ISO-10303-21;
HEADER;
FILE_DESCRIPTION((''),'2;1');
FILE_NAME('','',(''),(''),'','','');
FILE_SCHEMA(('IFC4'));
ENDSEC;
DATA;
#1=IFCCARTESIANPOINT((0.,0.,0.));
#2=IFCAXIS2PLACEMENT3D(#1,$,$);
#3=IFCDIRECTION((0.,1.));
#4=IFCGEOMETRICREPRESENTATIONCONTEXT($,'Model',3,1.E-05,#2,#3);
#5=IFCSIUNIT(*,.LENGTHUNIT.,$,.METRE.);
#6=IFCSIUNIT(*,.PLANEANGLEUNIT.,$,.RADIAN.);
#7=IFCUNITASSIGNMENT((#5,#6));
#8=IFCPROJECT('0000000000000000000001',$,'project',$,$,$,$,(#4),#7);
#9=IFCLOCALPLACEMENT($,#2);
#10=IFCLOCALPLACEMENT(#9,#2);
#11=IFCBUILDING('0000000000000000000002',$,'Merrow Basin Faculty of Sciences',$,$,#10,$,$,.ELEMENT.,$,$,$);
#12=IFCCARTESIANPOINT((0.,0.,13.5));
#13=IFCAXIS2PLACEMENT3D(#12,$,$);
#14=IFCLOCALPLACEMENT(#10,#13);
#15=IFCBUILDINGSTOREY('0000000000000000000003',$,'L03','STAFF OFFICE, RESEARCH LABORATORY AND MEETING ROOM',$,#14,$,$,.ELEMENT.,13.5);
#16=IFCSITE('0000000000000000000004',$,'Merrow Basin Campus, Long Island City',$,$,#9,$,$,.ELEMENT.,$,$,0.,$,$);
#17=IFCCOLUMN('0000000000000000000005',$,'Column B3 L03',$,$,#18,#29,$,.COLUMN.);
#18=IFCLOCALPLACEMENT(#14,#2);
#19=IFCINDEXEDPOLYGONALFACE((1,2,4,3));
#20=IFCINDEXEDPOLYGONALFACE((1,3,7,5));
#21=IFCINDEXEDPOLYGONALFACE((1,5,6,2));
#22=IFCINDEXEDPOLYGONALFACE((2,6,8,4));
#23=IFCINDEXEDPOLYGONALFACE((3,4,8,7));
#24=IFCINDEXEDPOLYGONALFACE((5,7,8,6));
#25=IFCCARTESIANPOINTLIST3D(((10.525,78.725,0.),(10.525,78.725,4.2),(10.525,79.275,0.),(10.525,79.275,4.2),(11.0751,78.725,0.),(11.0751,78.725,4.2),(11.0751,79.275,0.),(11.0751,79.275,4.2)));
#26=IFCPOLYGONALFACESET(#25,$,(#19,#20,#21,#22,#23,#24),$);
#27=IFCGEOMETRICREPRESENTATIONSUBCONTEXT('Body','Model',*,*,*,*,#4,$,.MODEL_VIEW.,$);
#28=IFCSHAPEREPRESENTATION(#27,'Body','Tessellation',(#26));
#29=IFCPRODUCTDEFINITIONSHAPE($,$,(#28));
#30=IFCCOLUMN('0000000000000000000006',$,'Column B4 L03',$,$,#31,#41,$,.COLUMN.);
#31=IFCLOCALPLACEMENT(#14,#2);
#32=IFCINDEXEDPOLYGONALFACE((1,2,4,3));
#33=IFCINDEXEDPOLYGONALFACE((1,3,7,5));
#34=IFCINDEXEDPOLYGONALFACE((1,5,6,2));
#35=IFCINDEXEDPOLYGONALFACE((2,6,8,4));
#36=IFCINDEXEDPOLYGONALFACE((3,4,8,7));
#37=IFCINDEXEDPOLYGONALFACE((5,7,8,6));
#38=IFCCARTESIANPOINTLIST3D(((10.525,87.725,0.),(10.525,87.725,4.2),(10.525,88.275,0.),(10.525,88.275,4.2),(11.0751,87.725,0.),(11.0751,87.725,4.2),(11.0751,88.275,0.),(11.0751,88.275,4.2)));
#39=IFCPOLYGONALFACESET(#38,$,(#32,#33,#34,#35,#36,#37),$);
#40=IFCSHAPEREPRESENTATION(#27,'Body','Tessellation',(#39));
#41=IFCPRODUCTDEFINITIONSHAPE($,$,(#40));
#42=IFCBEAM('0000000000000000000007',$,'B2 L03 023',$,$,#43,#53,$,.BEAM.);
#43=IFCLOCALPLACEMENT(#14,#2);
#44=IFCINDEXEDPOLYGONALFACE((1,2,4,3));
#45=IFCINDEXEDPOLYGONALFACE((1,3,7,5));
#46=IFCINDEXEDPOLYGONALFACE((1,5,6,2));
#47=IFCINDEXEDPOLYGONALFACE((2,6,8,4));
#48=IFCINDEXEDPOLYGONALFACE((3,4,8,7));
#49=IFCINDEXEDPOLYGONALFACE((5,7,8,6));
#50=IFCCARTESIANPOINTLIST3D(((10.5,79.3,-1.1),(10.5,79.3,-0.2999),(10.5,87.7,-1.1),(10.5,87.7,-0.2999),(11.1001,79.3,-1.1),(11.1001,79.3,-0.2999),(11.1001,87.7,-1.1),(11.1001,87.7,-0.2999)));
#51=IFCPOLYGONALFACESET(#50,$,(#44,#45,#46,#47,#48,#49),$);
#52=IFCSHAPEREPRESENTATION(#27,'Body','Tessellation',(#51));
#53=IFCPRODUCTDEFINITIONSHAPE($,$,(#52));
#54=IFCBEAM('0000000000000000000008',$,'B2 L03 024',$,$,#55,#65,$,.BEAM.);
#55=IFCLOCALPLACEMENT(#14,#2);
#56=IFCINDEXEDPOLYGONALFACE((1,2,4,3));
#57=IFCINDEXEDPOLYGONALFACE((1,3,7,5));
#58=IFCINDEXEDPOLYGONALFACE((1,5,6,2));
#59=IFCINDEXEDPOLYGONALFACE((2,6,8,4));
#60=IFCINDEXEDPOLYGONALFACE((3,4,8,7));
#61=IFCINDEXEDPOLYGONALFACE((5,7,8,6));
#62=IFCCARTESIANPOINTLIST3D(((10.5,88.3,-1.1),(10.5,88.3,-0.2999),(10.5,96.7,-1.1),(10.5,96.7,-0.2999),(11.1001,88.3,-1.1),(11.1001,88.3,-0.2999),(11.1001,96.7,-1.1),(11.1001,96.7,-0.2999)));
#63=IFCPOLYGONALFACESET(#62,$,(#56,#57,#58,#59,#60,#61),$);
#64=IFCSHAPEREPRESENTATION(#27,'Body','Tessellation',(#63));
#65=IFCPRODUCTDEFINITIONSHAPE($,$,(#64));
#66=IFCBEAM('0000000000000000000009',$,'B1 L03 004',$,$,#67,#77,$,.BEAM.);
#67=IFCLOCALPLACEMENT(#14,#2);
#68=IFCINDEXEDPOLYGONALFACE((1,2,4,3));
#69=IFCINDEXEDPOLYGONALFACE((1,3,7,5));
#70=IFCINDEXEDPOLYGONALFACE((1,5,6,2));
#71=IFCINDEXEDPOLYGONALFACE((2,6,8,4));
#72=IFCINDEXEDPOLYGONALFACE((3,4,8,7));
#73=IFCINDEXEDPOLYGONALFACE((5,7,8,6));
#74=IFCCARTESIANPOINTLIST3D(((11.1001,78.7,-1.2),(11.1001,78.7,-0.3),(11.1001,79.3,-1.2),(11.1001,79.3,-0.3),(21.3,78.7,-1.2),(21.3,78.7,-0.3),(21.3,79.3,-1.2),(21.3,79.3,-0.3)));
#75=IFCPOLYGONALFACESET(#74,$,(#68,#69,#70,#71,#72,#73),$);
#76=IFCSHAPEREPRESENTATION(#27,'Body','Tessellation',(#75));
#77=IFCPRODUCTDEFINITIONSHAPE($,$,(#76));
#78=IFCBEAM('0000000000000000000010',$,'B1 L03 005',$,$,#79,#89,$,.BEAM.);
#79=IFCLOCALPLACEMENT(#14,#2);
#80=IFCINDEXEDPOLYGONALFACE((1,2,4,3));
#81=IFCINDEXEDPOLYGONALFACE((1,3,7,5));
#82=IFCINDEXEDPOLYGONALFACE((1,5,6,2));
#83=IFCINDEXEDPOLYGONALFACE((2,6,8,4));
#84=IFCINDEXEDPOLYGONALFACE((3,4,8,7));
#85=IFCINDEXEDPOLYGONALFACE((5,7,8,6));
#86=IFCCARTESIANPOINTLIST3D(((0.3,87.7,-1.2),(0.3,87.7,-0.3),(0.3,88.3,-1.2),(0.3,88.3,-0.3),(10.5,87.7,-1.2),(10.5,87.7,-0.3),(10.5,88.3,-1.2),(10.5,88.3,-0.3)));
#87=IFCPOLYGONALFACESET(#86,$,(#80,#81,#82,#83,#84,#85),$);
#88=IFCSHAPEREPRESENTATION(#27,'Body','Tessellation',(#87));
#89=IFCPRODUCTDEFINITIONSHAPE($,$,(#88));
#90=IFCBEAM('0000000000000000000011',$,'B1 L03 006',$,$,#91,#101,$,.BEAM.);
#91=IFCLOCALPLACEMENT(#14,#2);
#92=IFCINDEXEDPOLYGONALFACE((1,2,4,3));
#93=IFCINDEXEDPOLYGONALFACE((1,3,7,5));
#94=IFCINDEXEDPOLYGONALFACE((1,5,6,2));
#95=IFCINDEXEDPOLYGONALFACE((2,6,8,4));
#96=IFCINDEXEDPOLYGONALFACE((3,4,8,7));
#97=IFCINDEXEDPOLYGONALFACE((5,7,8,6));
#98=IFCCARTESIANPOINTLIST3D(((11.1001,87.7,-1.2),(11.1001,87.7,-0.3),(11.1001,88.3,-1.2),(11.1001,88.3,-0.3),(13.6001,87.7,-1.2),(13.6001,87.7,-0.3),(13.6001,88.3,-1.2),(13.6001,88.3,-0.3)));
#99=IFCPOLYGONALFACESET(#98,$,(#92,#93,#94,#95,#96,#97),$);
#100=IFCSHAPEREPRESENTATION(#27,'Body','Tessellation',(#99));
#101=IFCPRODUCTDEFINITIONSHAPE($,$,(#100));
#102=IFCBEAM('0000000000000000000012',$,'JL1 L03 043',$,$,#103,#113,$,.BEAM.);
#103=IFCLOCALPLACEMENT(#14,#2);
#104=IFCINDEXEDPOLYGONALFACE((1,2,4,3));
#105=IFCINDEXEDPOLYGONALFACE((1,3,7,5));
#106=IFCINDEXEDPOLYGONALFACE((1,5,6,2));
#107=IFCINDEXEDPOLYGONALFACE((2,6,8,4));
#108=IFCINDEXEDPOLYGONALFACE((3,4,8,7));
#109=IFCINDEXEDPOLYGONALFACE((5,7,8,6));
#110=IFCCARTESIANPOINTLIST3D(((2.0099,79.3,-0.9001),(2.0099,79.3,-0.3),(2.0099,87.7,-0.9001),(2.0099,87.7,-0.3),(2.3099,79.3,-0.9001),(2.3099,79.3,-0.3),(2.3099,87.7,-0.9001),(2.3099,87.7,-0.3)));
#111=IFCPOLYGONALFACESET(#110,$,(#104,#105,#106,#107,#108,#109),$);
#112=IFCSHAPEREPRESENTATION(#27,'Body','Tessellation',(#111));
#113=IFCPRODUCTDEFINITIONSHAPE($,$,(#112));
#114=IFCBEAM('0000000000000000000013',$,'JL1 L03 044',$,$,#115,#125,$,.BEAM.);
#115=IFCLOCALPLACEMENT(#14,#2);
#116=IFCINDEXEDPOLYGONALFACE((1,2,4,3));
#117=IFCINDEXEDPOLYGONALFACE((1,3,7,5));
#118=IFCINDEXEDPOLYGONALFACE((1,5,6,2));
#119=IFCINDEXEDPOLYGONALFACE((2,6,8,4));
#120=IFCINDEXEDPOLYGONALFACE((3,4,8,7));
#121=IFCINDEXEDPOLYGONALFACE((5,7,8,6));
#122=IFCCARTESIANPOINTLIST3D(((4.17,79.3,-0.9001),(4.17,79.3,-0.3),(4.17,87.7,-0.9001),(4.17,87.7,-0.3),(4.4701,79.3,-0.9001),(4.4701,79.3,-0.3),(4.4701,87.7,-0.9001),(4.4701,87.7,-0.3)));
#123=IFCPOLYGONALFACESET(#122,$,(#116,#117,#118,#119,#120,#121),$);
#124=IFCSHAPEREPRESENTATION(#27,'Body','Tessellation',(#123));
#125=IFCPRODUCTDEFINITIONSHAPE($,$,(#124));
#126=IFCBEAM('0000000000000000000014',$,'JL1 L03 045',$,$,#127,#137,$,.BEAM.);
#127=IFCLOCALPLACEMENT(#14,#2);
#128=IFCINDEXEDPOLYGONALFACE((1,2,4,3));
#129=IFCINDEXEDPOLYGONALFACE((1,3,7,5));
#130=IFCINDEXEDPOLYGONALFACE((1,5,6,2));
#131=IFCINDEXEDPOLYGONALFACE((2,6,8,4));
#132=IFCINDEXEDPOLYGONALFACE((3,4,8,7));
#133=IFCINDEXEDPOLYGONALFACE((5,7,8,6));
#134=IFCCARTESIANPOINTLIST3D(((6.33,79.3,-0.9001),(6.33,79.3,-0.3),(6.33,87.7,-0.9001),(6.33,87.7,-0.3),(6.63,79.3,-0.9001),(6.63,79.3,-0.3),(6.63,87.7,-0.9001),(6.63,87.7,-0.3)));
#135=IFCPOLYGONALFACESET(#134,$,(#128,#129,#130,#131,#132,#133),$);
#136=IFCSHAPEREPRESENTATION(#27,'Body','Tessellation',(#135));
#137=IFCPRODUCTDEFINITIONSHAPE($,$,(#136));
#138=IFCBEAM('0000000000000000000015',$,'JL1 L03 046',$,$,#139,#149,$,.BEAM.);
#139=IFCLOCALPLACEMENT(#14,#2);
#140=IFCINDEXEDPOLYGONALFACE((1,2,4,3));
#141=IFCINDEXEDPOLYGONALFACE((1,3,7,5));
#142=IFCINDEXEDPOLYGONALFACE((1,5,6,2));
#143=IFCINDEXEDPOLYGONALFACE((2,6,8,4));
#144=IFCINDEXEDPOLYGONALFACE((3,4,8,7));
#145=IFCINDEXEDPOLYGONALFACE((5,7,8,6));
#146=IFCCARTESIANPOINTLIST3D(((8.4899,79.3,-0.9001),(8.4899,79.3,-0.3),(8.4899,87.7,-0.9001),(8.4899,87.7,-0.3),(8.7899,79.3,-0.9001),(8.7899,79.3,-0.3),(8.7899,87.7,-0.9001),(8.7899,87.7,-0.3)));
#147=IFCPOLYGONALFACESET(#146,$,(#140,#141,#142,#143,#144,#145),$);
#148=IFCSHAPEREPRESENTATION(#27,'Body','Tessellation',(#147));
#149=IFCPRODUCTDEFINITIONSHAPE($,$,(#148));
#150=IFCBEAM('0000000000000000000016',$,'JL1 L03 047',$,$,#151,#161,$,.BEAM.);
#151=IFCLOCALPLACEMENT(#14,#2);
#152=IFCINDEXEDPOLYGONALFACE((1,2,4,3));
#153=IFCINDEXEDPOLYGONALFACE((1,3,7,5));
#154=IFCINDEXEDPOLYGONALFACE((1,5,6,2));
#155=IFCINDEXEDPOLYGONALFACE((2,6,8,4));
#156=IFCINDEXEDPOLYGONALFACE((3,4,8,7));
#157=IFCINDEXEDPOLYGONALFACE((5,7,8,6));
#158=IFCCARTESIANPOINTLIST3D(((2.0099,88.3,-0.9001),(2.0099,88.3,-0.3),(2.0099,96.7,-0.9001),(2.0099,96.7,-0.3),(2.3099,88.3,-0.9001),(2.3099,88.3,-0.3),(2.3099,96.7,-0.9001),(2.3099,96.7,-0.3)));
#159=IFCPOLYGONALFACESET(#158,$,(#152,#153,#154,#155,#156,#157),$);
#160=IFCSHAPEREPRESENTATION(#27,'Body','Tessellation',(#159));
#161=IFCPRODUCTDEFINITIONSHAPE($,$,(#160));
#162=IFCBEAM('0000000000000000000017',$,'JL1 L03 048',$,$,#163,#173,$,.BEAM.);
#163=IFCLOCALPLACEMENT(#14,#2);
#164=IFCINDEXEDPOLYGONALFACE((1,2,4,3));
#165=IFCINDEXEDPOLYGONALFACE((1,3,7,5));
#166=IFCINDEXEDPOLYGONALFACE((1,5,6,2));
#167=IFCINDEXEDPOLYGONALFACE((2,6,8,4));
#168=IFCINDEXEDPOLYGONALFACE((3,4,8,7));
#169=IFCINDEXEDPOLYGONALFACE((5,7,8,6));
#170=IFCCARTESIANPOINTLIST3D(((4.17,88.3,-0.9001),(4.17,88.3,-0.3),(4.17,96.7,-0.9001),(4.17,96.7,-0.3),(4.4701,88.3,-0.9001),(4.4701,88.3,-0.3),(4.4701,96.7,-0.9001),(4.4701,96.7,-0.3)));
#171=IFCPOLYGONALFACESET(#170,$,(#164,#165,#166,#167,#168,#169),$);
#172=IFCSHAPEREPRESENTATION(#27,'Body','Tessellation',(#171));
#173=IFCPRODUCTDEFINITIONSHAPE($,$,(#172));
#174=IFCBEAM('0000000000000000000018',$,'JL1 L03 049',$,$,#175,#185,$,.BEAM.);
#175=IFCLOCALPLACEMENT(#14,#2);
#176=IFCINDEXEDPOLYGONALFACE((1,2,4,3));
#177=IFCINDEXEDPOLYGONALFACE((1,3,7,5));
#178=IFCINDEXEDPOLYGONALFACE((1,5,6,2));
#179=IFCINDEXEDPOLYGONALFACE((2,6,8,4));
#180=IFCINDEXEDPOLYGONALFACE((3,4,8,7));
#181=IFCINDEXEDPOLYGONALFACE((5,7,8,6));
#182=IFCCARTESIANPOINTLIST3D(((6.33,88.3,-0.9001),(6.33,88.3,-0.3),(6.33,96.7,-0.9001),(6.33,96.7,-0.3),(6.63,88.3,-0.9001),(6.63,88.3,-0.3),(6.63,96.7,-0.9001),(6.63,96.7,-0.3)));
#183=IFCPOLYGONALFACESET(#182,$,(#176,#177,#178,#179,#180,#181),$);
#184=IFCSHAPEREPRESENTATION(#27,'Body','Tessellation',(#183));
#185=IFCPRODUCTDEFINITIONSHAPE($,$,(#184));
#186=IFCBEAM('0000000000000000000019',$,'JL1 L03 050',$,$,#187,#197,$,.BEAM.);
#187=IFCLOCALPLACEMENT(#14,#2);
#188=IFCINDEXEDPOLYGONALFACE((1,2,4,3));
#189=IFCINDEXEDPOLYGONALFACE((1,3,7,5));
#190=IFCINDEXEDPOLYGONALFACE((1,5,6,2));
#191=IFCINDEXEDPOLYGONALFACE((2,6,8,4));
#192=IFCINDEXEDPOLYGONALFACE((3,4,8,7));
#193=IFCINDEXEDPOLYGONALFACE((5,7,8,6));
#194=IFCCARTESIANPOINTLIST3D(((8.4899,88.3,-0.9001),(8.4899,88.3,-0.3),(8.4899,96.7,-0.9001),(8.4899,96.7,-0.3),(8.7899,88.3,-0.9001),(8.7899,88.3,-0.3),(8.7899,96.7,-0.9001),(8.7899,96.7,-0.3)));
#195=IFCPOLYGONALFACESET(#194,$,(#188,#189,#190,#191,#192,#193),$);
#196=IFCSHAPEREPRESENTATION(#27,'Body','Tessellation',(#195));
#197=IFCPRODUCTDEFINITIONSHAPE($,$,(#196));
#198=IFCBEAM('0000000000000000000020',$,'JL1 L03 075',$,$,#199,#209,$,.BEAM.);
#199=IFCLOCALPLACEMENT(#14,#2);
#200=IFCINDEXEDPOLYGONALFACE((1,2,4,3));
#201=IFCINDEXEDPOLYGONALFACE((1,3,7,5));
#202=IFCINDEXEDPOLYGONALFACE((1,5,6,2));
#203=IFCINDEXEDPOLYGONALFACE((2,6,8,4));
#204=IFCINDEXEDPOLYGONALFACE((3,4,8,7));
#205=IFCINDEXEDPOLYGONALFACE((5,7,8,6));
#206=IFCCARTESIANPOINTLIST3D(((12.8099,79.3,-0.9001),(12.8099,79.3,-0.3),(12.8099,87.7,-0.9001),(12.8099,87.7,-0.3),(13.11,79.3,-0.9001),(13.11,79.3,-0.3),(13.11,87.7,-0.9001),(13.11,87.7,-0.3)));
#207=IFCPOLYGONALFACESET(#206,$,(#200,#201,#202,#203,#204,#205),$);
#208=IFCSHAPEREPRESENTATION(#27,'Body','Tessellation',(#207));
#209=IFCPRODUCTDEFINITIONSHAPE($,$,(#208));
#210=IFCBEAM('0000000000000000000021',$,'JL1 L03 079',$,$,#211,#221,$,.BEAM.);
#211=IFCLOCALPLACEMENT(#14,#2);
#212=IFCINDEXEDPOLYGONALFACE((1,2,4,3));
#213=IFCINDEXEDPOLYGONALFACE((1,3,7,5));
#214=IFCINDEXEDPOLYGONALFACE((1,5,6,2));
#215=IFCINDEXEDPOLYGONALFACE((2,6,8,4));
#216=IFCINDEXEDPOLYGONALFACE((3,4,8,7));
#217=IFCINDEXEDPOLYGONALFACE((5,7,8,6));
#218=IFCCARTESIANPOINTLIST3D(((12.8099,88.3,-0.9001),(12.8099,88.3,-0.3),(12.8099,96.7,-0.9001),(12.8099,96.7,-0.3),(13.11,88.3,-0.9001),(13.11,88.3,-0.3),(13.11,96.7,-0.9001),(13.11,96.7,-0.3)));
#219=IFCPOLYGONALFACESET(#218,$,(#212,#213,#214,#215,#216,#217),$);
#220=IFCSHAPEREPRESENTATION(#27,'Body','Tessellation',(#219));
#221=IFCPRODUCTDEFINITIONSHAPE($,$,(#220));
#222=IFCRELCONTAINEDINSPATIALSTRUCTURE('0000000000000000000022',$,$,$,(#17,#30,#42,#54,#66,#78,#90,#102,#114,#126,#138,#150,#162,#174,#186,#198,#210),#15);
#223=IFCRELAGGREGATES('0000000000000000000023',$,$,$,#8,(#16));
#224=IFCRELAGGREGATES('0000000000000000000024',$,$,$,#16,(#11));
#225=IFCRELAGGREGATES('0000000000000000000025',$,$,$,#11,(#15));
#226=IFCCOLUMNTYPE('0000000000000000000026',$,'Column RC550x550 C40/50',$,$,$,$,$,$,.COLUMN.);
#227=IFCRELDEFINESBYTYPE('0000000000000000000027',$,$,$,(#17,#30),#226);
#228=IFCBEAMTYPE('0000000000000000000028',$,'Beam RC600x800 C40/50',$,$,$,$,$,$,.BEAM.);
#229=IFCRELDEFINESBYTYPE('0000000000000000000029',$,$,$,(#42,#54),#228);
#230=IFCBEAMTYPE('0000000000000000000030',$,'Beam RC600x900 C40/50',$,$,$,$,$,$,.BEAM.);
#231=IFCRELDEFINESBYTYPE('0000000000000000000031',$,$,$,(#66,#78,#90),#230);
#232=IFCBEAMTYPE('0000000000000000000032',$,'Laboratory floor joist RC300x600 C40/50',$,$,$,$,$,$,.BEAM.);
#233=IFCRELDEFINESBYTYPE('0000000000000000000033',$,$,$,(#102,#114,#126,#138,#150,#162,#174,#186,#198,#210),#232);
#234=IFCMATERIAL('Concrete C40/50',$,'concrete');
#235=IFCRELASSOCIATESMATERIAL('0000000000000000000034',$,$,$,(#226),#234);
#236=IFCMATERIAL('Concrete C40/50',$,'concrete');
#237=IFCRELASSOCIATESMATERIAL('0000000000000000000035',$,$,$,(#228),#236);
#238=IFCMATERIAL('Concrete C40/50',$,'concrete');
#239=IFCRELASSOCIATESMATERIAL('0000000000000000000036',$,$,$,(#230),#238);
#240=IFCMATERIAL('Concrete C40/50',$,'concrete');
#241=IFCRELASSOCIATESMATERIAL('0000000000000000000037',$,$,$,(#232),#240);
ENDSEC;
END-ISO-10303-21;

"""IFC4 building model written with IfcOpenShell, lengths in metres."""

from ifc_helpers import new_model, si_unit, direction, frame, origin, origin_2d, place, context, subcontext, project, spatial, rectangle, extrude, material, material_profile, profile_set, type_object, element, save


model = new_model("IFC4")

# Units and contexts
model_context = context("Model", 3, precision=1e-05, world=origin(), true_north=direction((0.0, 1.0)))
body_context = subcontext(model_context, "Body", "Model", "MODEL_VIEW")
ifc_project = project(units=[si_unit("LENGTHUNIT", "METRE"), si_unit("PLANEANGLEUNIT", "RADIAN")], contexts=[model_context])

# Site, building, storey
site_placement = place(None, origin())
site = spatial("IfcSite", under=ifc_project, at=site_placement, Name="Merrow Basin Campus, Long Island City", CompositionType="ELEMENT", RefElevation=0.0)
building_placement = place(site_placement, origin())
building = spatial("IfcBuilding", under=site, at=building_placement, Name="Merrow Basin Faculty of Sciences", CompositionType="ELEMENT")
storey_placement = place(building_placement, frame((0.0, 0.0, 13.5)))
storey = spatial("IfcBuildingStorey", under=building, at=storey_placement, Name="L03", Description="STAFF OFFICE, RESEARCH LABORATORY AND MEETING ROOM", CompositionType="ELEMENT", Elevation=13.5)

# Columns
ifc_material_1 = material(Name="Concrete C40/50", Category="concrete")
ifc_material_profile_1 = material_profile(ifc_material_1, rectangle(XDim=0.55, YDim=0.55, at=origin_2d()))
ifc_profile_set_1 = profile_set([ifc_material_profile_1], Name="Concrete C40/50")
column_type = type_object("IfcColumnType", Name="Column RC550x550 C40/50", PredefinedType="COLUMN", material=ifc_profile_set_1)
for number, where, z_axis, x_axis, name in (
    (1, (10.8, 79.0, 0.0), (0.0, 0.0, 1.0), (1.0, 0.0, 0.0), "Column B3 L03"),
    (2, (10.8, 88.0, 0.0), (0.0, 0.0, 1.0), (1.0, 0.0, 0.0), "Column B4 L03"),
):
    element("IfcColumn", number, at=place(storey_placement, frame(where, z_axis=z_axis, x_axis=x_axis)), inside=storey, type_object=column_type, Name=name, PredefinedType="COLUMN", context=body_context, shape_type="SweptSolid", body=[
        extrude(rectangle(XDim=0.55, YDim=0.55, at=origin_2d()), origin(), (0.0, 0.0, 1.0), 4.2),
    ])

# Beams
ifc_material_2 = material(Name="Concrete C40/50", Category="concrete")
ifc_material_profile_2 = material_profile(ifc_material_2, rectangle(XDim=0.6001, YDim=0.8, at=origin_2d()))
ifc_profile_set_2 = profile_set([ifc_material_profile_2], Name="Concrete C40/50")
beam_type_1 = type_object("IfcBeamType", Name="Beam RC600x800 C40/50", PredefinedType="BEAM", material=ifc_profile_set_2)
for number, where, z_axis, x_axis, name in (
    (3, (10.8, 79.3, -0.7), (0.0, 1.0, 0.0), (-1.0, 0.0, 0.0), "B2 L03 023"),
    (4, (10.8, 88.3, -0.7), (0.0, 1.0, 0.0), (-1.0, 0.0, 0.0), "B2 L03 024"),
):
    element("IfcBeam", number, at=place(storey_placement, frame(where, z_axis=z_axis, x_axis=x_axis)), inside=storey, type_object=beam_type_1, Name=name, PredefinedType="BEAM", context=body_context, shape_type="SweptSolid", body=[
        extrude(rectangle(XDim=0.6001, YDim=0.8, at=origin_2d()), origin(), (0.0, 0.0, 1.0), 8.3999),
    ])
ifc_material_3 = material(Name="Concrete C40/50", Category="concrete")
ifc_material_profile_3 = material_profile(ifc_material_3, rectangle(XDim=0.6001, YDim=0.8999, at=origin_2d()))
ifc_profile_set_3 = profile_set([ifc_material_profile_3], Name="Concrete C40/50")
beam_type_2 = type_object("IfcBeamType", Name="Beam RC600x900 C40/50", PredefinedType="BEAM", material=ifc_profile_set_3)
for number, where, z_axis, x_axis, name in (
    (5, (11.1001, 79.0, -0.75), (1.0, 0.0, 0.0), (0.0, 1.0, 0.0), "B1 L03 004"),
    (6, (0.3, 88.0, -0.75), (1.0, 0.0, 0.0), (0.0, 1.0, 0.0), "B1 L03 005"),
):
    element("IfcBeam", number, at=place(storey_placement, frame(where, z_axis=z_axis, x_axis=x_axis)), inside=storey, type_object=beam_type_2, Name=name, PredefinedType="BEAM", context=body_context, shape_type="SweptSolid", body=[
        extrude(rectangle(XDim=0.6001, YDim=0.8999, at=origin_2d()), origin(), (0.0, 0.0, 1.0), 10.2),
    ])
beam_placement = place(storey_placement, frame((11.1001, 88.0, -0.75), z_axis=(1.0, 0.0, 0.0), x_axis=(0.0, 1.0, 0.0)))
element("IfcBeam", 7, at=beam_placement, inside=storey, type_object=beam_type_2, Name="B1 L03 006", PredefinedType="BEAM", context=body_context, shape_type="SweptSolid", body=[
    extrude(rectangle(XDim=0.6001, YDim=0.8999, at=origin_2d()), origin(), (0.0, 0.0, 1.0), 2.5),
])
ifc_material_4 = material(Name="Concrete C40/50", Category="concrete")
ifc_material_profile_4 = material_profile(ifc_material_4, rectangle(XDim=0.3, YDim=0.6001, at=origin_2d()))
ifc_profile_set_4 = profile_set([ifc_material_profile_4], Name="Concrete C40/50")
beam_type_3 = type_object("IfcBeamType", Name="Laboratory floor joist RC300x600 C40/50", PredefinedType="BEAM", material=ifc_profile_set_4)
for number, where, z_axis, x_axis, name in (
    (8, (2.1599, 79.3, -0.6001), (0.0, 1.0, 0.0), (-1.0, 0.0, 0.0), "JL1 L03 043"),
    (9, (4.3201, 79.3, -0.6001), (0.0, 1.0, 0.0), (-1.0, 0.0, 0.0), "JL1 L03 044"),
    (10, (6.48, 79.3, -0.6001), (0.0, 1.0, 0.0), (-1.0, 0.0, 0.0), "JL1 L03 045"),
    (11, (8.6399, 79.3, -0.6001), (0.0, 1.0, 0.0), (-1.0, 0.0, 0.0), "JL1 L03 046"),
    (12, (2.1599, 88.3, -0.6001), (0.0, 1.0, 0.0), (-1.0, 0.0, 0.0), "JL1 L03 047"),
    (13, (4.3201, 88.3, -0.6001), (0.0, 1.0, 0.0), (-1.0, 0.0, 0.0), "JL1 L03 048"),
    (14, (6.48, 88.3, -0.6001), (0.0, 1.0, 0.0), (-1.0, 0.0, 0.0), "JL1 L03 049"),
    (15, (8.6399, 88.3, -0.6001), (0.0, 1.0, 0.0), (-1.0, 0.0, 0.0), "JL1 L03 050"),
    (16, (12.96, 79.3, -0.6001), (0.0, 1.0, 0.0), (-1.0, 0.0, 0.0), "JL1 L03 075"),
    (17, (12.96, 88.3, -0.6001), (0.0, 1.0, 0.0), (-1.0, 0.0, 0.0), "JL1 L03 079"),
):
    element("IfcBeam", number, at=place(storey_placement, frame(where, z_axis=z_axis, x_axis=x_axis)), inside=storey, type_object=beam_type_3, Name=name, PredefinedType="BEAM", context=body_context, shape_type="SweptSolid", body=[
        extrude(rectangle(XDim=0.3, YDim=0.6001, at=origin_2d()), origin(), (0.0, 0.0, 1.0), 8.3999),
    ])

save(model, "model.ifc")
